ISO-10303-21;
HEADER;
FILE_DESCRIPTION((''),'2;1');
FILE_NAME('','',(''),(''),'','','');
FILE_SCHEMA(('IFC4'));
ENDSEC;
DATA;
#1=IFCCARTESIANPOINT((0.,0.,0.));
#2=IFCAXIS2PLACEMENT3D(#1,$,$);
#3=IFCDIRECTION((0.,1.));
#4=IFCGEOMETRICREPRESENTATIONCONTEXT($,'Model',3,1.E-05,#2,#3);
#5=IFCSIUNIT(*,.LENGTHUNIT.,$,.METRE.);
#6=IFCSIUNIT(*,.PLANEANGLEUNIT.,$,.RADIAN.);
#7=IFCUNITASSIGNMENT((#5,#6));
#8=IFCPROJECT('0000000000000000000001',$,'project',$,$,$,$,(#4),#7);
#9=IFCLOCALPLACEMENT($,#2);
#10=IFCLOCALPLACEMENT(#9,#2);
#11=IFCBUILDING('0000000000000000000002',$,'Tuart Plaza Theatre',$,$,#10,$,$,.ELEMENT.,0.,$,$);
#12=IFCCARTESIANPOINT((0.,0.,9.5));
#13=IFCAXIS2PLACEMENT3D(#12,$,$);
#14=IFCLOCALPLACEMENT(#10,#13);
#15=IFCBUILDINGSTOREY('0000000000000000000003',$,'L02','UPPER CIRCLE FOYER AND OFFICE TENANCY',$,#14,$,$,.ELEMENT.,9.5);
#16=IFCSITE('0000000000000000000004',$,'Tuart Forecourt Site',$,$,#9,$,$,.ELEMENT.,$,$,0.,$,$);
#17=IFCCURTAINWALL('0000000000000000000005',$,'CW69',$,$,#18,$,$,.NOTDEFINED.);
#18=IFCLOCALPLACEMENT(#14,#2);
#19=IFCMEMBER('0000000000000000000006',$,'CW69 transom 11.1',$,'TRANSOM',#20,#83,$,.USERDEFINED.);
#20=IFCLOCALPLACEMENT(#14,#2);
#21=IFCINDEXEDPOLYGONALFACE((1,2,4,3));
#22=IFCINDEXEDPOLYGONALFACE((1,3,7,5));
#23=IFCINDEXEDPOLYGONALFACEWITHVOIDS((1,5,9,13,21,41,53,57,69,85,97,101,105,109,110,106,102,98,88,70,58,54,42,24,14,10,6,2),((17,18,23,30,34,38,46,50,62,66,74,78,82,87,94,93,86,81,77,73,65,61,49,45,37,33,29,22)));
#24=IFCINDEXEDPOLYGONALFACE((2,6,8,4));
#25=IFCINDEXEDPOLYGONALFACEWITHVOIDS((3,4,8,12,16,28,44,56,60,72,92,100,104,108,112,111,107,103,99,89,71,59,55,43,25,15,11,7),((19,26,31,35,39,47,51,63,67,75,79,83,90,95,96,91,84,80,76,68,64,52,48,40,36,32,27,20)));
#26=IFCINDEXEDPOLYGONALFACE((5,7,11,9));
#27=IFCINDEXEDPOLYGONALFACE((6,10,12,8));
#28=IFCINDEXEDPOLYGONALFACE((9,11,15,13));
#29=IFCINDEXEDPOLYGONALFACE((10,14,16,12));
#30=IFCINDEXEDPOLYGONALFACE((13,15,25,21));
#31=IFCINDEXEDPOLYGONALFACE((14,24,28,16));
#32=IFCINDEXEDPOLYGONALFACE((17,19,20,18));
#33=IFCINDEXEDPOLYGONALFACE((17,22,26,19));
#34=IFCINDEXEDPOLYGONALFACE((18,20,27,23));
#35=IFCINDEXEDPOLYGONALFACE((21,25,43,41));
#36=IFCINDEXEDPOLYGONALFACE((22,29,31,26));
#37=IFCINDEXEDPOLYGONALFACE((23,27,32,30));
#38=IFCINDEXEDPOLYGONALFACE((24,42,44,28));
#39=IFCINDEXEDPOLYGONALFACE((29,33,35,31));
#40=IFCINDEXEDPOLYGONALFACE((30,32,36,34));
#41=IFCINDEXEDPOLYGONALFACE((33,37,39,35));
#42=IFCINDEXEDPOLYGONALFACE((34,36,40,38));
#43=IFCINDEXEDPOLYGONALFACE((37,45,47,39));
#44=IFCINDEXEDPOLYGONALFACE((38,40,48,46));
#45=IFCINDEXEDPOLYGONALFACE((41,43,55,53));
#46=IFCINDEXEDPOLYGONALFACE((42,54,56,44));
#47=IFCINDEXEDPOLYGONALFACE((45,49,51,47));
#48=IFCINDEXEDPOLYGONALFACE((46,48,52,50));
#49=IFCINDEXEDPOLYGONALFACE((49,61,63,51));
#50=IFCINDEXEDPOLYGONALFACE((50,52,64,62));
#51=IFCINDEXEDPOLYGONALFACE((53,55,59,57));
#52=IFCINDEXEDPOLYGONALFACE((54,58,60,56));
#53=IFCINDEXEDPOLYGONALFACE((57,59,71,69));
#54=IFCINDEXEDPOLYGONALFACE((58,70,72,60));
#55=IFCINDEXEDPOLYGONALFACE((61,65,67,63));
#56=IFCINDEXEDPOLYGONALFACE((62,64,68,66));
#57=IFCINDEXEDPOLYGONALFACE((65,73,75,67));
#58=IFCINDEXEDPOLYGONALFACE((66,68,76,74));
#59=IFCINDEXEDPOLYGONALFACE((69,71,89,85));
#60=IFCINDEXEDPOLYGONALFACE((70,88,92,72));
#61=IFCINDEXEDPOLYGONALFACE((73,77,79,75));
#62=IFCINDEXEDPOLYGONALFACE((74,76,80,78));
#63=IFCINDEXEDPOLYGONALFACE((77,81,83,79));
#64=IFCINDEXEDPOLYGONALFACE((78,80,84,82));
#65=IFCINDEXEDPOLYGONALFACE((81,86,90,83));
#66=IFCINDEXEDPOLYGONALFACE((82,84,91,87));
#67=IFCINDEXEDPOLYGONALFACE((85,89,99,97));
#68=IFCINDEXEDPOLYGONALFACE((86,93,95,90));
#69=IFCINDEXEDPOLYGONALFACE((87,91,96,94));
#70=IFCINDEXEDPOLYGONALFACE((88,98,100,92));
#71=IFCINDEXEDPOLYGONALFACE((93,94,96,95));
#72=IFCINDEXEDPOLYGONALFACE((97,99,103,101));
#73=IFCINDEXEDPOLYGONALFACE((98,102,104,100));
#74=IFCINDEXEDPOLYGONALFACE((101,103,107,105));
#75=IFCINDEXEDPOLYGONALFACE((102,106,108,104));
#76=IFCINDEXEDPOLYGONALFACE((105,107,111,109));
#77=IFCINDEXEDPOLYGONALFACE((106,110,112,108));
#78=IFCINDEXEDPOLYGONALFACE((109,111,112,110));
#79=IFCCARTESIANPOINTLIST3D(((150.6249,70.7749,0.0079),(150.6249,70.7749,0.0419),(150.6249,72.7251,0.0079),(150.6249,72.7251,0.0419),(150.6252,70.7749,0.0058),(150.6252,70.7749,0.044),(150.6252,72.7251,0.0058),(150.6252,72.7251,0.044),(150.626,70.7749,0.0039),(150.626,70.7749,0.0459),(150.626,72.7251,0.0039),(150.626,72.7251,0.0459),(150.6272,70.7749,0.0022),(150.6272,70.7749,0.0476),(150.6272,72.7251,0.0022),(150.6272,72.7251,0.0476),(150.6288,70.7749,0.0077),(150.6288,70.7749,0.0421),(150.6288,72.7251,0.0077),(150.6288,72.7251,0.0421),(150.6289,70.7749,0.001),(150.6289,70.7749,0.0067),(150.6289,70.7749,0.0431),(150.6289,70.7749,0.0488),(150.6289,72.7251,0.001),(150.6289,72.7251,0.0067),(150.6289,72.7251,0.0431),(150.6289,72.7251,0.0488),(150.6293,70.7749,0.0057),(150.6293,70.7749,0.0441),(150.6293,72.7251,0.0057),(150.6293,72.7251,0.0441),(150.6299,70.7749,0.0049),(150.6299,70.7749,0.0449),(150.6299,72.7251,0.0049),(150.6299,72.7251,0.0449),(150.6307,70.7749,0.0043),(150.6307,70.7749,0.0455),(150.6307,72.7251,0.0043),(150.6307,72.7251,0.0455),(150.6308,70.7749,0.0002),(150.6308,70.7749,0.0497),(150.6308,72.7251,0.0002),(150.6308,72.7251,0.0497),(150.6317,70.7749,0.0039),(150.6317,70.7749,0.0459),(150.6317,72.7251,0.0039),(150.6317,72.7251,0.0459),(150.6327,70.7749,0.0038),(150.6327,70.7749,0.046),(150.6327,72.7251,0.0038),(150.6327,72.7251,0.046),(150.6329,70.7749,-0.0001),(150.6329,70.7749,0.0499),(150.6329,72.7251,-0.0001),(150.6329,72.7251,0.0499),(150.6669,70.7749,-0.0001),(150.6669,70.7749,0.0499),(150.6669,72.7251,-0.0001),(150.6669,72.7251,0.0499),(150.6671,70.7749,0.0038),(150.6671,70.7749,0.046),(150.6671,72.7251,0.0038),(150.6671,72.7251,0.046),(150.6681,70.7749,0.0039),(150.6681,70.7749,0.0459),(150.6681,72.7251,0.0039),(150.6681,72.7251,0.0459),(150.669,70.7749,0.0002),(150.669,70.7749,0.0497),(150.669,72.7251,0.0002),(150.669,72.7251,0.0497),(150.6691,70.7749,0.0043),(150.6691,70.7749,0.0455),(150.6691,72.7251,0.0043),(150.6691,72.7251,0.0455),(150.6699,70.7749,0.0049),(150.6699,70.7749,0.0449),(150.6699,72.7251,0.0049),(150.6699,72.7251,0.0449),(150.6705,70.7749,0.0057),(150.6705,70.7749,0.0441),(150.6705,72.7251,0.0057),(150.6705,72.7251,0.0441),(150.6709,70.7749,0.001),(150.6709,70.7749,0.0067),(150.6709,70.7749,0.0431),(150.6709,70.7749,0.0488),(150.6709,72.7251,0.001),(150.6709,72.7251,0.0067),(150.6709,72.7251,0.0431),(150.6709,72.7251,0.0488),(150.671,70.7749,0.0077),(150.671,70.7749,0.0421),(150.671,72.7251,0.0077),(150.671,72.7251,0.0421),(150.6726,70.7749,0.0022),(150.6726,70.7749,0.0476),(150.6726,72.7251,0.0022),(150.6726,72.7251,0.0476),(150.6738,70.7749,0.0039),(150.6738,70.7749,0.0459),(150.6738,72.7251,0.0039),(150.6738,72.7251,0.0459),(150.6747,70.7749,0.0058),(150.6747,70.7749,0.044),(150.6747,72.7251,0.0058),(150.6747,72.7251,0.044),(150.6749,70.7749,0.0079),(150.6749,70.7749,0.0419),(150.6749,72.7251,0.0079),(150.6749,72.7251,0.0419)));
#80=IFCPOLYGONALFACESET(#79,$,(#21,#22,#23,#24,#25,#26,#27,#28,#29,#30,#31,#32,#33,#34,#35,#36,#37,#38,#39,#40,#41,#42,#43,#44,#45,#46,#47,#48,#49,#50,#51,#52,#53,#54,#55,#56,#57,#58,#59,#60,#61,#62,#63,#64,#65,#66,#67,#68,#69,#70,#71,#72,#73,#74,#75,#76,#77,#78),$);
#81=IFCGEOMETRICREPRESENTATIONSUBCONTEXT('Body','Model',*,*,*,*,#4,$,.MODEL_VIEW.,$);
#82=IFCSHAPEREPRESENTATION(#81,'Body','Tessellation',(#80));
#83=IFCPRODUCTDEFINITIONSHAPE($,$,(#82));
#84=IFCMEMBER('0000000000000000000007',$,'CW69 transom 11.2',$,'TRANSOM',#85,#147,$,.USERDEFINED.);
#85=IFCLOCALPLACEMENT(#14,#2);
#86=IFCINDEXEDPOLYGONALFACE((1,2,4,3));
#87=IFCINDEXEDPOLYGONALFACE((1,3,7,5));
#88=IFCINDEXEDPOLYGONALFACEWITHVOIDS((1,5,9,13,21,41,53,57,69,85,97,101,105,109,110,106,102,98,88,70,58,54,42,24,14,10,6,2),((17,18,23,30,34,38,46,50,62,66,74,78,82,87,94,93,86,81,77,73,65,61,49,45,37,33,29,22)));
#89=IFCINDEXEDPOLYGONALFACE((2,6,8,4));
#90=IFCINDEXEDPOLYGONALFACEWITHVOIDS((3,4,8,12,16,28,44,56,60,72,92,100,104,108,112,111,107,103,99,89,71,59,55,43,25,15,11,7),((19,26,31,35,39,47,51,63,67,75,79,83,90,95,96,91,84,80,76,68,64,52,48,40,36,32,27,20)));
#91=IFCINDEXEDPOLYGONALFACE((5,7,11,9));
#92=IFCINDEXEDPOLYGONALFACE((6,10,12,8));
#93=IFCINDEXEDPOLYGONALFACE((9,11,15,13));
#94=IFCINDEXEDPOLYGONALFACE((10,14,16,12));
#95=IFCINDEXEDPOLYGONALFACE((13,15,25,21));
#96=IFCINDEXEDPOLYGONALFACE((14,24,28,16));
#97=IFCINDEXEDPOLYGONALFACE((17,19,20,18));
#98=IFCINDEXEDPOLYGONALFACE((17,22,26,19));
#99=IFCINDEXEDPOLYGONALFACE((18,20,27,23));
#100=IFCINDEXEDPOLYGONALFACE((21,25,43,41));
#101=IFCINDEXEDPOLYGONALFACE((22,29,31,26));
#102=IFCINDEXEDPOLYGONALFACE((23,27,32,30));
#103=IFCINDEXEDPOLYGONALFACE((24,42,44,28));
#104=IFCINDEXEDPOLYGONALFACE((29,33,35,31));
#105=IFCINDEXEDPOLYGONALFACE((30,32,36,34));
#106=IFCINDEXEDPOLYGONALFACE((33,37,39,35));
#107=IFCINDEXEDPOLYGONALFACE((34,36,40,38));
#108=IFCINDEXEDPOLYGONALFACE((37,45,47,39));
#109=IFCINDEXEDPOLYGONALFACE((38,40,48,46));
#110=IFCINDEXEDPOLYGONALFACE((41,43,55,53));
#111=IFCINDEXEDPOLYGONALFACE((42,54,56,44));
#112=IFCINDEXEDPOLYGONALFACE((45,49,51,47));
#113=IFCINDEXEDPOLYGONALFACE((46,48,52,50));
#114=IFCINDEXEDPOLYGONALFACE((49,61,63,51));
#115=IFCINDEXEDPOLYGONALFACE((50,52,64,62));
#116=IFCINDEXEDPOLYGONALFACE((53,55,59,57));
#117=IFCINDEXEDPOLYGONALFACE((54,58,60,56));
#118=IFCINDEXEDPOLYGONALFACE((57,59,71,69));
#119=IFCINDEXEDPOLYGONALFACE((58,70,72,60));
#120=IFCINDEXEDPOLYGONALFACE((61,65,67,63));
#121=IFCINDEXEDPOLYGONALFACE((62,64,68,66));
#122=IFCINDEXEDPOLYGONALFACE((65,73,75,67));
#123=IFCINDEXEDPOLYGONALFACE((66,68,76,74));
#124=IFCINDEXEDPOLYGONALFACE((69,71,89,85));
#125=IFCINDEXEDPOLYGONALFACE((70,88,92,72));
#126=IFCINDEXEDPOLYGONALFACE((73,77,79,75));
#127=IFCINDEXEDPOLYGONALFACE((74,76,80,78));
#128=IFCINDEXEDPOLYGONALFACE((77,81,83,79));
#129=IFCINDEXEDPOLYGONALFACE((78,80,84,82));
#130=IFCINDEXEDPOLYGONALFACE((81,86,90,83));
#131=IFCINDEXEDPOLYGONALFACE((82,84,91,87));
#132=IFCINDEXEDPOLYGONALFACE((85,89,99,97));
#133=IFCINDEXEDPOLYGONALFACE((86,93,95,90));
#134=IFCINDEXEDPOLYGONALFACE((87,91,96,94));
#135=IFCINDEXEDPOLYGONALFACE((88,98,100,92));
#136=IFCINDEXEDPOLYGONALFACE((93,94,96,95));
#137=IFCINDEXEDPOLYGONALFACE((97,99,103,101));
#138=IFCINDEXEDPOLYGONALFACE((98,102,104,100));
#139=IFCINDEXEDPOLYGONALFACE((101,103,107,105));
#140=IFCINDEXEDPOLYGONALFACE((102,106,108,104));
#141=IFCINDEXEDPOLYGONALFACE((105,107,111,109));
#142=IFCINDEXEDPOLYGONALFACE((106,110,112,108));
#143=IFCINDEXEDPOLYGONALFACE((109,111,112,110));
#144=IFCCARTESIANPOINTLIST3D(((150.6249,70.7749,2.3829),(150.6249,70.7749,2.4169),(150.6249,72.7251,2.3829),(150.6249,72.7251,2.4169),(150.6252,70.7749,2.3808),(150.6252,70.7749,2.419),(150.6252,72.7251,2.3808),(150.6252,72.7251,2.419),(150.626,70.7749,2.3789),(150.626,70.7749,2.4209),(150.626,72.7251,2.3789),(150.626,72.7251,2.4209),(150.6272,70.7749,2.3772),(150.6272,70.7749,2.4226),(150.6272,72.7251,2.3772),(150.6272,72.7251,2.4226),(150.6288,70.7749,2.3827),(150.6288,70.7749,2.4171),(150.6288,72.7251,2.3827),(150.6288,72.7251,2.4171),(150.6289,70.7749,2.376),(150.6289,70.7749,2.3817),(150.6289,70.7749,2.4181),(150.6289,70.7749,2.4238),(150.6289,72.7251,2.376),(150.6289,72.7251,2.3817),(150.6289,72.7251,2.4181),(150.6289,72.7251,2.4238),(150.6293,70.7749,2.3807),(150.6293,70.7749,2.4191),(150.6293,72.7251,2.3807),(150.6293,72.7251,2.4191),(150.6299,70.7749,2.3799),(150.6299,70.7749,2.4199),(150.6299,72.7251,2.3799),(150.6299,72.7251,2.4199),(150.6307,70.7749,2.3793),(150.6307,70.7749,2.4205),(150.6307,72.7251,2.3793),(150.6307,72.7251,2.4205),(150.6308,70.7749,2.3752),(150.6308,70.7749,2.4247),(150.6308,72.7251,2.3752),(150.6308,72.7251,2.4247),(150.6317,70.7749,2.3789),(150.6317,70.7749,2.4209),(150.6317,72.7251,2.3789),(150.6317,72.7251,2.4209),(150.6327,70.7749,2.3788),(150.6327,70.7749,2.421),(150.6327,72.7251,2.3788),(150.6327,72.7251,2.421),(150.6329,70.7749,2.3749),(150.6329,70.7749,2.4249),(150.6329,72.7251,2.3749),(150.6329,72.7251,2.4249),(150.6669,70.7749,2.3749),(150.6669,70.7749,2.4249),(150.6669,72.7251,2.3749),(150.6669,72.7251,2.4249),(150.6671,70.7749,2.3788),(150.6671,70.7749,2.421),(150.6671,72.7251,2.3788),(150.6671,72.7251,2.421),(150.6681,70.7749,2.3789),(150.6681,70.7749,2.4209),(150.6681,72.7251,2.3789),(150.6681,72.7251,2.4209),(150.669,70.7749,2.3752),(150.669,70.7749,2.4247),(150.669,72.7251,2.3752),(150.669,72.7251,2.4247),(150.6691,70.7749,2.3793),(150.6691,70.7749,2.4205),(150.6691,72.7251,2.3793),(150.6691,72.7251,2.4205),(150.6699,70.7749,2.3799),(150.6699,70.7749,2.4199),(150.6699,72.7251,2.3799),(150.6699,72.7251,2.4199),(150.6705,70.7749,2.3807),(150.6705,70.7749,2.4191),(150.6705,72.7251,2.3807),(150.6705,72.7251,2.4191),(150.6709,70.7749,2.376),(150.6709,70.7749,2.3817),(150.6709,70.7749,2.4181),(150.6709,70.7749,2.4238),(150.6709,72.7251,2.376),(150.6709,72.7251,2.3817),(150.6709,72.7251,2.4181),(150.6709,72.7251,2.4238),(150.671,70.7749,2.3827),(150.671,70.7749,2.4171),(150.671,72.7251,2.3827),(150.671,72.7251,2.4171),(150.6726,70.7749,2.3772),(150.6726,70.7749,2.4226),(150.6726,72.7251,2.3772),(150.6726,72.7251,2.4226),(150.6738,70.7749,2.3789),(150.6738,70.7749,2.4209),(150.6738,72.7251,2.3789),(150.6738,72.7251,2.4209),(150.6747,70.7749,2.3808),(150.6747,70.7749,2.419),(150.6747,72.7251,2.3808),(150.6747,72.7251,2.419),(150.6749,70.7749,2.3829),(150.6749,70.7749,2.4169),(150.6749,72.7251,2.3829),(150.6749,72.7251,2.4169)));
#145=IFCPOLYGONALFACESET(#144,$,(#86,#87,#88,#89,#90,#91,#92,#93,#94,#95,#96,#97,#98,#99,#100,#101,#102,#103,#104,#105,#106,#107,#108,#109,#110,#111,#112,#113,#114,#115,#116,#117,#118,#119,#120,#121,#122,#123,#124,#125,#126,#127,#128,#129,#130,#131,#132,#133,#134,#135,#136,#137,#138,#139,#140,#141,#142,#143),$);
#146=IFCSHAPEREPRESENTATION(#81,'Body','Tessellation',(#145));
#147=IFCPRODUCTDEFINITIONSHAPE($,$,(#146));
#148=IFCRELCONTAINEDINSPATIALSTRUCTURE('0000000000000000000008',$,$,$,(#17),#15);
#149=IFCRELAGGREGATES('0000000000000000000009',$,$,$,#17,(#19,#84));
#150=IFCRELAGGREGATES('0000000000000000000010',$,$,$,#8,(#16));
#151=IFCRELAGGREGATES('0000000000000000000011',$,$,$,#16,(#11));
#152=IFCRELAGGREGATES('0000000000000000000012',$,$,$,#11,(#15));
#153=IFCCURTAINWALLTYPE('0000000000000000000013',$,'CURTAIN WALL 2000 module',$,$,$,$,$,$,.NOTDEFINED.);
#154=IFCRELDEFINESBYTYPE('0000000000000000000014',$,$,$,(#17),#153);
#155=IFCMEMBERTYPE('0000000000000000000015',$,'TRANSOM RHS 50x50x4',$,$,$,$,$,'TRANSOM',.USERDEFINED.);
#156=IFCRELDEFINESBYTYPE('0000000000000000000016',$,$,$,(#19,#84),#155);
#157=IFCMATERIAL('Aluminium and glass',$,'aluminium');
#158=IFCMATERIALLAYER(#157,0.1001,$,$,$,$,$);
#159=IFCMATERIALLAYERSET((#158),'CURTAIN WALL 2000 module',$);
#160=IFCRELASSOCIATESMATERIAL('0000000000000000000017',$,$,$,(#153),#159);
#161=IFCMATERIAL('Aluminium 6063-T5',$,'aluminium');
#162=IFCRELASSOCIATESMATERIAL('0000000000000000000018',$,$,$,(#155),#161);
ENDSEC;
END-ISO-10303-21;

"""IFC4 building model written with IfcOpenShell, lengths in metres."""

from ifc_helpers import new_model, si_unit, direction, frame, origin, origin_2d, place, context, subcontext, project, spatial, hollow_rectangle, extrude, material, layer, layer_set, material_profile, profile_set, type_object, element, aggregate, save


model = new_model("IFC4")

# Units and contexts
model_context = context("Model", 3, precision=1e-05, world=origin(), true_north=direction((0.0, 1.0)))
body_context = subcontext(model_context, "Body", "Model", "MODEL_VIEW")
ifc_project = project(units=[si_unit("LENGTHUNIT", "METRE"), si_unit("PLANEANGLEUNIT", "RADIAN")], contexts=[model_context])

# Site, building, storey
site_placement = place(None, origin())
site = spatial("IfcSite", under=ifc_project, at=site_placement, Name="Tuart Forecourt Site", CompositionType="ELEMENT", RefElevation=0.0)
building_placement = place(site_placement, origin())
building = spatial("IfcBuilding", under=site, at=building_placement, Name="Tuart Plaza Theatre", CompositionType="ELEMENT", ElevationOfRefHeight=0.0)
storey_placement = place(building_placement, frame((0.0, 0.0, 9.5)))
storey = spatial("IfcBuildingStorey", under=building, at=storey_placement, Name="L02", Description="UPPER CIRCLE FOYER AND OFFICE TENANCY", CompositionType="ELEMENT", Elevation=9.5)

# Curtain wall, members
ifc_material_1 = material(Name="Aluminium and glass", Category="aluminium")
ifc_layer_1 = layer(ifc_material_1, 0.1001)
ifc_layer_set_1 = layer_set([ifc_layer_1], Name="CURTAIN WALL 2000 module")
curtain_wall_type = type_object("IfcCurtainWallType", Name="CURTAIN WALL 2000 module", PredefinedType="NOTDEFINED", material=ifc_layer_set_1)
curtain_wall_placement = place(storey_placement, origin())
curtain_wall = element("IfcCurtainWall", 1, at=curtain_wall_placement, inside=storey, type_object=curtain_wall_type, Name="CW69", PredefinedType="NOTDEFINED")
ifc_material_2 = material(Name="Aluminium 6063-T5", Category="aluminium")
ifc_material_profile_1 = material_profile(ifc_material_2, hollow_rectangle(XDim=0.05, YDim=0.05, WallThickness=0.0039, InnerFilletRadius=0.0039, OuterFilletRadius=0.0081, at=origin_2d()), Name="RHS 50x50x4")
ifc_profile_set_1 = profile_set([ifc_material_profile_1], Name="Aluminium 6063-T5")
member_type_1 = type_object("IfcMemberType", Name="TRANSOM RHS 50x50x4", ElementType="TRANSOM", PredefinedType="USERDEFINED", material=ifc_profile_set_1)
member_1_placement = place(storey_placement, frame((150.6499, 70.7749, 0.0249), z_axis=(0.0, 1.0, 0.0), x_axis=(-1.0, 0.0, 0.0)))
member_1 = element("IfcMember", 2, at=member_1_placement, type_object=member_type_1, Name="CW69 transom 11.1", ObjectType="TRANSOM", PredefinedType="USERDEFINED", context=body_context, shape_type="SweptSolid", body=[
    extrude(hollow_rectangle(XDim=0.05, YDim=0.05, WallThickness=0.0039, InnerFilletRadius=0.0039, OuterFilletRadius=0.0081, at=origin_2d()), origin(), (0.0, 0.0, 1.0), 1.9502),
])
member_2_placement = place(storey_placement, frame((150.6499, 70.7749, 2.3999), z_axis=(0.0, 1.0, 0.0), x_axis=(-1.0, 0.0, 0.0)))
member_2 = element("IfcMember", 3, at=member_2_placement, type_object=member_type_1, Name="CW69 transom 11.2", ObjectType="TRANSOM", PredefinedType="USERDEFINED", context=body_context, shape_type="SweptSolid", body=[
    extrude(hollow_rectangle(XDim=0.05, YDim=0.05, WallThickness=0.0039, InnerFilletRadius=0.0039, OuterFilletRadius=0.0081, at=origin_2d()), origin(), (0.0, 0.0, 1.0), 1.9502),
])
aggregate(curtain_wall, [member_1, member_2])

save(model, "model.ifc")
